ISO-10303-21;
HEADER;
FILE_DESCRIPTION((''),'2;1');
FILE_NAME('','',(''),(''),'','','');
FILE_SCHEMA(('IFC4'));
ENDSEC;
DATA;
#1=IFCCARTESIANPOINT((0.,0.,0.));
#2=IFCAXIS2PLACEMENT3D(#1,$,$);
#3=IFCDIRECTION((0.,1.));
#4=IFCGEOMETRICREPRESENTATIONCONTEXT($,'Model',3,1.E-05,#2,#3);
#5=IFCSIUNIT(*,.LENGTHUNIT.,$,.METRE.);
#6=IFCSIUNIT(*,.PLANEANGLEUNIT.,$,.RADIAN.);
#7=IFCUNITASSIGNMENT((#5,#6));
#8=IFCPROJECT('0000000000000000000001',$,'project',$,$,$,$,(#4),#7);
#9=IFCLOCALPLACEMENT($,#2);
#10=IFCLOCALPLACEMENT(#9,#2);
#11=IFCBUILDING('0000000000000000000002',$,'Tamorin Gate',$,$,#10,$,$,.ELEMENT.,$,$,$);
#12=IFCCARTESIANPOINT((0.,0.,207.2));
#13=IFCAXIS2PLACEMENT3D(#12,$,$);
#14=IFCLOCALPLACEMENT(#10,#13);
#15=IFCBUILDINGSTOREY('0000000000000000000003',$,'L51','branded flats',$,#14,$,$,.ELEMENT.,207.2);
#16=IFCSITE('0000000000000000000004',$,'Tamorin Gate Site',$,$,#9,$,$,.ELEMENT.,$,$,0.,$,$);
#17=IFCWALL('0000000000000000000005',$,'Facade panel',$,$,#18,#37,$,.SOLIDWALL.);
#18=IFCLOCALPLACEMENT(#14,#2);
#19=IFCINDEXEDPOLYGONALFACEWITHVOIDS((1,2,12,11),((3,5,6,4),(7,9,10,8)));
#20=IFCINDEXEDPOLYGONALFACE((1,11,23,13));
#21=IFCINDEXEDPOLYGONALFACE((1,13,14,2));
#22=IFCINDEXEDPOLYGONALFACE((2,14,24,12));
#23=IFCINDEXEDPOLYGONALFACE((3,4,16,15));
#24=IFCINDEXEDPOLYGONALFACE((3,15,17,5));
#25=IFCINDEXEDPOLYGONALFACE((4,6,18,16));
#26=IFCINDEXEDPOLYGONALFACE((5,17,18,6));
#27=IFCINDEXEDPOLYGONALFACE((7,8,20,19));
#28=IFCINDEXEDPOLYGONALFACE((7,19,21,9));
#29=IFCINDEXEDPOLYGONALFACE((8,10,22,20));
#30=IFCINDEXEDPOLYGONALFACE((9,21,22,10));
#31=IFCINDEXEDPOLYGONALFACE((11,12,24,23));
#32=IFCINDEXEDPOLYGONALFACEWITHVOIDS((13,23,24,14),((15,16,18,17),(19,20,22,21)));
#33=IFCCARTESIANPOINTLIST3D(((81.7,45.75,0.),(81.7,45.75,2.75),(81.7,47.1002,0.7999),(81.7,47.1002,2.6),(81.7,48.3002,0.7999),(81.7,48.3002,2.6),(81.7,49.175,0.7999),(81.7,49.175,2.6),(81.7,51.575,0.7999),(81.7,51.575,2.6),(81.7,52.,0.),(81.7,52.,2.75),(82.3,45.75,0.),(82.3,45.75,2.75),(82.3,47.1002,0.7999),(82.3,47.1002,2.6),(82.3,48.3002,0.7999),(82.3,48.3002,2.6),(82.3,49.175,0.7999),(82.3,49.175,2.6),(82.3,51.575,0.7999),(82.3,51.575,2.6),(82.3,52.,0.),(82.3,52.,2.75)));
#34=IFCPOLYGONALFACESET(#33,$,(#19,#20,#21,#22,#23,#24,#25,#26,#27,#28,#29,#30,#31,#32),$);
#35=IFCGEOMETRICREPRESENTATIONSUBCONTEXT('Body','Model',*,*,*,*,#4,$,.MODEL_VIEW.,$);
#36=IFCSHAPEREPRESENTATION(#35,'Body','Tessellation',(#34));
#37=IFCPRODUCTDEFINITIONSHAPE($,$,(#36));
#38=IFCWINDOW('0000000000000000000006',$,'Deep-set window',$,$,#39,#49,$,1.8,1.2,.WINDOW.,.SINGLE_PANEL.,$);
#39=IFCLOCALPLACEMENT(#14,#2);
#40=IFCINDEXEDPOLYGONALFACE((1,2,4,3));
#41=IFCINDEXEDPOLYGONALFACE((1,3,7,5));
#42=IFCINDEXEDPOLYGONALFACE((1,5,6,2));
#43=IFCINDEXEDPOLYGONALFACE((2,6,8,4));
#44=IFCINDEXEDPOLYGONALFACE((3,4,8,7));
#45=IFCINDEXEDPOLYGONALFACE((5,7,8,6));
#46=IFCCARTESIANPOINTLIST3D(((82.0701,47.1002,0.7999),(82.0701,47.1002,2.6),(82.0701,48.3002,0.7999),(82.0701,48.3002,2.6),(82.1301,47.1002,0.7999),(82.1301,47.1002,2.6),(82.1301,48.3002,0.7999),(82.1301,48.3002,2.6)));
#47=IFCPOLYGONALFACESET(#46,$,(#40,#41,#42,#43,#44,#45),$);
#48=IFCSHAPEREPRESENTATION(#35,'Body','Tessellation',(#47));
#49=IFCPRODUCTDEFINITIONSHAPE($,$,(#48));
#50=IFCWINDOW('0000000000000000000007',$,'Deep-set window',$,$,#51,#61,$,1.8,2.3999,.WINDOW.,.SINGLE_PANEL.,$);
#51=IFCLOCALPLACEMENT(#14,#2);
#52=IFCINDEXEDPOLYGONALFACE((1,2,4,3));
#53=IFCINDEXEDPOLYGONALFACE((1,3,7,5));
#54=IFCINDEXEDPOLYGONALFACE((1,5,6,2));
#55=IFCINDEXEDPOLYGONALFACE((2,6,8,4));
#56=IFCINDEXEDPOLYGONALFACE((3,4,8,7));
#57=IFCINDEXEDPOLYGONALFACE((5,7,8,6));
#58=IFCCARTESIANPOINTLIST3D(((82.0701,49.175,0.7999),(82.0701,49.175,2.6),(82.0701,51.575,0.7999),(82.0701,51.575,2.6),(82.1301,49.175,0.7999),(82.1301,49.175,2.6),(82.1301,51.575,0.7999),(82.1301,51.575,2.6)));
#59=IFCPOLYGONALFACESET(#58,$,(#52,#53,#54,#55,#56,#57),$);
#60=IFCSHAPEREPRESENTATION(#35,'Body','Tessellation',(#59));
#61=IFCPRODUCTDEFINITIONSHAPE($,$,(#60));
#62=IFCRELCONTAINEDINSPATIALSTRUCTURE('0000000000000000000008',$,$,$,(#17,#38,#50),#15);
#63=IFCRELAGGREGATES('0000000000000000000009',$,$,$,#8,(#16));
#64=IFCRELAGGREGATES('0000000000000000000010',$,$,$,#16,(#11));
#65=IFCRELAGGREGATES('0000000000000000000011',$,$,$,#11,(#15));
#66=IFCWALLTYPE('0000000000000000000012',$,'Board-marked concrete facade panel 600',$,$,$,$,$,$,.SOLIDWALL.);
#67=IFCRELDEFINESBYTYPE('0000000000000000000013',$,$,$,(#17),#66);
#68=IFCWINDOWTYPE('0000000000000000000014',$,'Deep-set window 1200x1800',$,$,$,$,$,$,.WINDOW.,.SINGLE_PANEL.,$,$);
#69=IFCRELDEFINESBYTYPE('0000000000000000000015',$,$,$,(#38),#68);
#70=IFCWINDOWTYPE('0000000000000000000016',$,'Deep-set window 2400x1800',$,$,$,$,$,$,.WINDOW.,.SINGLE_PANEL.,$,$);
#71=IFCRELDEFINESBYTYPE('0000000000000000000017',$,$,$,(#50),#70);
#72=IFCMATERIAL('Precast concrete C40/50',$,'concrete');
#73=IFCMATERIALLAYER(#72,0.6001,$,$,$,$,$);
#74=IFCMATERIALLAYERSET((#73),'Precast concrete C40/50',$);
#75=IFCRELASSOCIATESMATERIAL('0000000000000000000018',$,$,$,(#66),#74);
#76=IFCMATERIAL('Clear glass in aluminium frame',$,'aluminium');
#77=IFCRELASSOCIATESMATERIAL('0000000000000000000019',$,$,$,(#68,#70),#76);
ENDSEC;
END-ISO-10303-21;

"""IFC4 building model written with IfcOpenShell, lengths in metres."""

from ifc_helpers import new_model, si_unit, direction, frame, frame_2d, origin, place, context, subcontext, project, spatial, rectangle, extrude, material, layer, layer_set, type_object, element, fill, save


model = new_model("IFC4")

# Units and contexts
model_context = context("Model", 3, precision=1e-05, world=origin(), true_north=direction((0.0, 1.0)))
body_context = subcontext(model_context, "Body", "Model", "MODEL_VIEW")
ifc_project = project(units=[si_unit("LENGTHUNIT", "METRE"), si_unit("PLANEANGLEUNIT", "RADIAN")], contexts=[model_context])

# Site, building, storey
site_placement = place(None, origin())
site = spatial("IfcSite", under=ifc_project, at=site_placement, Name="Tamorin Gate Site", CompositionType="ELEMENT", RefElevation=0.0)
building_placement = place(site_placement, origin())
building = spatial("IfcBuilding", under=site, at=building_placement, Name="Tamorin Gate", CompositionType="ELEMENT")
storey_placement = place(building_placement, frame((0.0, 0.0, 207.2)))
storey = spatial("IfcBuildingStorey", under=building, at=storey_placement, Name="L51", Description="branded flats", CompositionType="ELEMENT", Elevation=207.2)

# Shared definitions
ifc_material_1 = material(Name="Precast concrete C40/50", Category="concrete")
ifc_layer = layer(ifc_material_1, 0.6001)
ifc_layer_set = layer_set([ifc_layer], Name="Precast concrete C40/50")
wall_type = type_object("IfcWallType", Name="Board-marked concrete facade panel 600", PredefinedType="SOLIDWALL", material=ifc_layer_set)
ifc_material_2 = material(Name="Clear glass in aluminium frame", Category="aluminium")
window_type_1 = type_object("IfcWindowType", Name="Deep-set window 1200x1800", PartitioningType="SINGLE_PANEL", PredefinedType="WINDOW", material=ifc_material_2)
window_type_2 = type_object("IfcWindowType", Name="Deep-set window 2400x1800", PartitioningType="SINGLE_PANEL", PredefinedType="WINDOW", material=ifc_material_2)

# Wall, openings, windows
wall_1_placement = place(storey_placement, frame((82.0, 45.75, 0.0), z_axis=(0.0, 0.0, 1.0), x_axis=(0.0, 1.0, 0.0)))
wall_1 = element("IfcWall", 1, at=wall_1_placement, inside=storey, type_object=wall_type, Name="Facade panel", PredefinedType="SOLIDWALL", context=body_context, shape_type="SweptSolid", body=[
    extrude(rectangle(XDim=6.25, YDim=0.6001, at=frame_2d((3.125, 0.0))), origin(), (0.0, 0.0, 1.0), 2.75),
])
opening_1_placement = place(wall_1_placement, frame((1.3501, 0.0, 0.8)))
opening_1 = element("IfcOpeningElement", 2, at=opening_1_placement, cuts=wall_1, PredefinedType="OPENING", context=body_context, shape_type="SweptSolid", body=[
    extrude(rectangle(XDim=1.2, YDim=1.8, at=frame_2d((0.6001, 0.8999))), frame((0.0, 0.3101, 0.0), z_axis=(0.0, -1.0, 0.0), x_axis=(1.0, 0.0, 0.0)), (0.0, 0.0, 1.0), 0.6201),
])
opening_2_placement = place(wall_1_placement, frame((3.425, 0.0, 0.8)))
opening_2 = element("IfcOpeningElement", 3, at=opening_2_placement, cuts=wall_1, PredefinedType="OPENING", context=body_context, shape_type="SweptSolid", body=[
    extrude(rectangle(XDim=2.3999, YDim=1.8, at=frame_2d((1.2, 0.8999))), frame((0.0, 0.3101, 0.0), z_axis=(0.0, -1.0, 0.0), x_axis=(1.0, 0.0, 0.0)), (0.0, 0.0, 1.0), 0.6201),
])
window_1_placement = place(opening_1_placement, origin())
window_1 = element("IfcWindow", 4, at=window_1_placement, inside=storey, type_object=window_type_1, Name="Deep-set window", OverallHeight=1.8, OverallWidth=1.2, PartitioningType="SINGLE_PANEL", PredefinedType="WINDOW", context=body_context, shape_type="SweptSolid", body=[
    extrude(rectangle(XDim=1.2, YDim=1.8, at=frame_2d((0.6001, 0.8999))), frame((0.0, -0.0701, 0.0), z_axis=(0.0, -1.0, 0.0), x_axis=(1.0, 0.0, 0.0)), (0.0, 0.0, 1.0), 0.0601),
])
fill(opening_1, window_1)
window_2_placement = place(opening_2_placement, origin())
window_2 = element("IfcWindow", 5, at=window_2_placement, inside=storey, type_object=window_type_2, Name="Deep-set window", OverallHeight=1.8, OverallWidth=2.3999, PartitioningType="SINGLE_PANEL", PredefinedType="WINDOW", context=body_context, shape_type="SweptSolid", body=[
    extrude(rectangle(XDim=2.3999, YDim=1.8, at=frame_2d((1.2, 0.8999))), frame((0.0, -0.0701, 0.0), z_axis=(0.0, -1.0, 0.0), x_axis=(1.0, 0.0, 0.0)), (0.0, 0.0, 1.0), 0.0601),
])
fill(opening_2, window_2)

save(model, "model.ifc")
